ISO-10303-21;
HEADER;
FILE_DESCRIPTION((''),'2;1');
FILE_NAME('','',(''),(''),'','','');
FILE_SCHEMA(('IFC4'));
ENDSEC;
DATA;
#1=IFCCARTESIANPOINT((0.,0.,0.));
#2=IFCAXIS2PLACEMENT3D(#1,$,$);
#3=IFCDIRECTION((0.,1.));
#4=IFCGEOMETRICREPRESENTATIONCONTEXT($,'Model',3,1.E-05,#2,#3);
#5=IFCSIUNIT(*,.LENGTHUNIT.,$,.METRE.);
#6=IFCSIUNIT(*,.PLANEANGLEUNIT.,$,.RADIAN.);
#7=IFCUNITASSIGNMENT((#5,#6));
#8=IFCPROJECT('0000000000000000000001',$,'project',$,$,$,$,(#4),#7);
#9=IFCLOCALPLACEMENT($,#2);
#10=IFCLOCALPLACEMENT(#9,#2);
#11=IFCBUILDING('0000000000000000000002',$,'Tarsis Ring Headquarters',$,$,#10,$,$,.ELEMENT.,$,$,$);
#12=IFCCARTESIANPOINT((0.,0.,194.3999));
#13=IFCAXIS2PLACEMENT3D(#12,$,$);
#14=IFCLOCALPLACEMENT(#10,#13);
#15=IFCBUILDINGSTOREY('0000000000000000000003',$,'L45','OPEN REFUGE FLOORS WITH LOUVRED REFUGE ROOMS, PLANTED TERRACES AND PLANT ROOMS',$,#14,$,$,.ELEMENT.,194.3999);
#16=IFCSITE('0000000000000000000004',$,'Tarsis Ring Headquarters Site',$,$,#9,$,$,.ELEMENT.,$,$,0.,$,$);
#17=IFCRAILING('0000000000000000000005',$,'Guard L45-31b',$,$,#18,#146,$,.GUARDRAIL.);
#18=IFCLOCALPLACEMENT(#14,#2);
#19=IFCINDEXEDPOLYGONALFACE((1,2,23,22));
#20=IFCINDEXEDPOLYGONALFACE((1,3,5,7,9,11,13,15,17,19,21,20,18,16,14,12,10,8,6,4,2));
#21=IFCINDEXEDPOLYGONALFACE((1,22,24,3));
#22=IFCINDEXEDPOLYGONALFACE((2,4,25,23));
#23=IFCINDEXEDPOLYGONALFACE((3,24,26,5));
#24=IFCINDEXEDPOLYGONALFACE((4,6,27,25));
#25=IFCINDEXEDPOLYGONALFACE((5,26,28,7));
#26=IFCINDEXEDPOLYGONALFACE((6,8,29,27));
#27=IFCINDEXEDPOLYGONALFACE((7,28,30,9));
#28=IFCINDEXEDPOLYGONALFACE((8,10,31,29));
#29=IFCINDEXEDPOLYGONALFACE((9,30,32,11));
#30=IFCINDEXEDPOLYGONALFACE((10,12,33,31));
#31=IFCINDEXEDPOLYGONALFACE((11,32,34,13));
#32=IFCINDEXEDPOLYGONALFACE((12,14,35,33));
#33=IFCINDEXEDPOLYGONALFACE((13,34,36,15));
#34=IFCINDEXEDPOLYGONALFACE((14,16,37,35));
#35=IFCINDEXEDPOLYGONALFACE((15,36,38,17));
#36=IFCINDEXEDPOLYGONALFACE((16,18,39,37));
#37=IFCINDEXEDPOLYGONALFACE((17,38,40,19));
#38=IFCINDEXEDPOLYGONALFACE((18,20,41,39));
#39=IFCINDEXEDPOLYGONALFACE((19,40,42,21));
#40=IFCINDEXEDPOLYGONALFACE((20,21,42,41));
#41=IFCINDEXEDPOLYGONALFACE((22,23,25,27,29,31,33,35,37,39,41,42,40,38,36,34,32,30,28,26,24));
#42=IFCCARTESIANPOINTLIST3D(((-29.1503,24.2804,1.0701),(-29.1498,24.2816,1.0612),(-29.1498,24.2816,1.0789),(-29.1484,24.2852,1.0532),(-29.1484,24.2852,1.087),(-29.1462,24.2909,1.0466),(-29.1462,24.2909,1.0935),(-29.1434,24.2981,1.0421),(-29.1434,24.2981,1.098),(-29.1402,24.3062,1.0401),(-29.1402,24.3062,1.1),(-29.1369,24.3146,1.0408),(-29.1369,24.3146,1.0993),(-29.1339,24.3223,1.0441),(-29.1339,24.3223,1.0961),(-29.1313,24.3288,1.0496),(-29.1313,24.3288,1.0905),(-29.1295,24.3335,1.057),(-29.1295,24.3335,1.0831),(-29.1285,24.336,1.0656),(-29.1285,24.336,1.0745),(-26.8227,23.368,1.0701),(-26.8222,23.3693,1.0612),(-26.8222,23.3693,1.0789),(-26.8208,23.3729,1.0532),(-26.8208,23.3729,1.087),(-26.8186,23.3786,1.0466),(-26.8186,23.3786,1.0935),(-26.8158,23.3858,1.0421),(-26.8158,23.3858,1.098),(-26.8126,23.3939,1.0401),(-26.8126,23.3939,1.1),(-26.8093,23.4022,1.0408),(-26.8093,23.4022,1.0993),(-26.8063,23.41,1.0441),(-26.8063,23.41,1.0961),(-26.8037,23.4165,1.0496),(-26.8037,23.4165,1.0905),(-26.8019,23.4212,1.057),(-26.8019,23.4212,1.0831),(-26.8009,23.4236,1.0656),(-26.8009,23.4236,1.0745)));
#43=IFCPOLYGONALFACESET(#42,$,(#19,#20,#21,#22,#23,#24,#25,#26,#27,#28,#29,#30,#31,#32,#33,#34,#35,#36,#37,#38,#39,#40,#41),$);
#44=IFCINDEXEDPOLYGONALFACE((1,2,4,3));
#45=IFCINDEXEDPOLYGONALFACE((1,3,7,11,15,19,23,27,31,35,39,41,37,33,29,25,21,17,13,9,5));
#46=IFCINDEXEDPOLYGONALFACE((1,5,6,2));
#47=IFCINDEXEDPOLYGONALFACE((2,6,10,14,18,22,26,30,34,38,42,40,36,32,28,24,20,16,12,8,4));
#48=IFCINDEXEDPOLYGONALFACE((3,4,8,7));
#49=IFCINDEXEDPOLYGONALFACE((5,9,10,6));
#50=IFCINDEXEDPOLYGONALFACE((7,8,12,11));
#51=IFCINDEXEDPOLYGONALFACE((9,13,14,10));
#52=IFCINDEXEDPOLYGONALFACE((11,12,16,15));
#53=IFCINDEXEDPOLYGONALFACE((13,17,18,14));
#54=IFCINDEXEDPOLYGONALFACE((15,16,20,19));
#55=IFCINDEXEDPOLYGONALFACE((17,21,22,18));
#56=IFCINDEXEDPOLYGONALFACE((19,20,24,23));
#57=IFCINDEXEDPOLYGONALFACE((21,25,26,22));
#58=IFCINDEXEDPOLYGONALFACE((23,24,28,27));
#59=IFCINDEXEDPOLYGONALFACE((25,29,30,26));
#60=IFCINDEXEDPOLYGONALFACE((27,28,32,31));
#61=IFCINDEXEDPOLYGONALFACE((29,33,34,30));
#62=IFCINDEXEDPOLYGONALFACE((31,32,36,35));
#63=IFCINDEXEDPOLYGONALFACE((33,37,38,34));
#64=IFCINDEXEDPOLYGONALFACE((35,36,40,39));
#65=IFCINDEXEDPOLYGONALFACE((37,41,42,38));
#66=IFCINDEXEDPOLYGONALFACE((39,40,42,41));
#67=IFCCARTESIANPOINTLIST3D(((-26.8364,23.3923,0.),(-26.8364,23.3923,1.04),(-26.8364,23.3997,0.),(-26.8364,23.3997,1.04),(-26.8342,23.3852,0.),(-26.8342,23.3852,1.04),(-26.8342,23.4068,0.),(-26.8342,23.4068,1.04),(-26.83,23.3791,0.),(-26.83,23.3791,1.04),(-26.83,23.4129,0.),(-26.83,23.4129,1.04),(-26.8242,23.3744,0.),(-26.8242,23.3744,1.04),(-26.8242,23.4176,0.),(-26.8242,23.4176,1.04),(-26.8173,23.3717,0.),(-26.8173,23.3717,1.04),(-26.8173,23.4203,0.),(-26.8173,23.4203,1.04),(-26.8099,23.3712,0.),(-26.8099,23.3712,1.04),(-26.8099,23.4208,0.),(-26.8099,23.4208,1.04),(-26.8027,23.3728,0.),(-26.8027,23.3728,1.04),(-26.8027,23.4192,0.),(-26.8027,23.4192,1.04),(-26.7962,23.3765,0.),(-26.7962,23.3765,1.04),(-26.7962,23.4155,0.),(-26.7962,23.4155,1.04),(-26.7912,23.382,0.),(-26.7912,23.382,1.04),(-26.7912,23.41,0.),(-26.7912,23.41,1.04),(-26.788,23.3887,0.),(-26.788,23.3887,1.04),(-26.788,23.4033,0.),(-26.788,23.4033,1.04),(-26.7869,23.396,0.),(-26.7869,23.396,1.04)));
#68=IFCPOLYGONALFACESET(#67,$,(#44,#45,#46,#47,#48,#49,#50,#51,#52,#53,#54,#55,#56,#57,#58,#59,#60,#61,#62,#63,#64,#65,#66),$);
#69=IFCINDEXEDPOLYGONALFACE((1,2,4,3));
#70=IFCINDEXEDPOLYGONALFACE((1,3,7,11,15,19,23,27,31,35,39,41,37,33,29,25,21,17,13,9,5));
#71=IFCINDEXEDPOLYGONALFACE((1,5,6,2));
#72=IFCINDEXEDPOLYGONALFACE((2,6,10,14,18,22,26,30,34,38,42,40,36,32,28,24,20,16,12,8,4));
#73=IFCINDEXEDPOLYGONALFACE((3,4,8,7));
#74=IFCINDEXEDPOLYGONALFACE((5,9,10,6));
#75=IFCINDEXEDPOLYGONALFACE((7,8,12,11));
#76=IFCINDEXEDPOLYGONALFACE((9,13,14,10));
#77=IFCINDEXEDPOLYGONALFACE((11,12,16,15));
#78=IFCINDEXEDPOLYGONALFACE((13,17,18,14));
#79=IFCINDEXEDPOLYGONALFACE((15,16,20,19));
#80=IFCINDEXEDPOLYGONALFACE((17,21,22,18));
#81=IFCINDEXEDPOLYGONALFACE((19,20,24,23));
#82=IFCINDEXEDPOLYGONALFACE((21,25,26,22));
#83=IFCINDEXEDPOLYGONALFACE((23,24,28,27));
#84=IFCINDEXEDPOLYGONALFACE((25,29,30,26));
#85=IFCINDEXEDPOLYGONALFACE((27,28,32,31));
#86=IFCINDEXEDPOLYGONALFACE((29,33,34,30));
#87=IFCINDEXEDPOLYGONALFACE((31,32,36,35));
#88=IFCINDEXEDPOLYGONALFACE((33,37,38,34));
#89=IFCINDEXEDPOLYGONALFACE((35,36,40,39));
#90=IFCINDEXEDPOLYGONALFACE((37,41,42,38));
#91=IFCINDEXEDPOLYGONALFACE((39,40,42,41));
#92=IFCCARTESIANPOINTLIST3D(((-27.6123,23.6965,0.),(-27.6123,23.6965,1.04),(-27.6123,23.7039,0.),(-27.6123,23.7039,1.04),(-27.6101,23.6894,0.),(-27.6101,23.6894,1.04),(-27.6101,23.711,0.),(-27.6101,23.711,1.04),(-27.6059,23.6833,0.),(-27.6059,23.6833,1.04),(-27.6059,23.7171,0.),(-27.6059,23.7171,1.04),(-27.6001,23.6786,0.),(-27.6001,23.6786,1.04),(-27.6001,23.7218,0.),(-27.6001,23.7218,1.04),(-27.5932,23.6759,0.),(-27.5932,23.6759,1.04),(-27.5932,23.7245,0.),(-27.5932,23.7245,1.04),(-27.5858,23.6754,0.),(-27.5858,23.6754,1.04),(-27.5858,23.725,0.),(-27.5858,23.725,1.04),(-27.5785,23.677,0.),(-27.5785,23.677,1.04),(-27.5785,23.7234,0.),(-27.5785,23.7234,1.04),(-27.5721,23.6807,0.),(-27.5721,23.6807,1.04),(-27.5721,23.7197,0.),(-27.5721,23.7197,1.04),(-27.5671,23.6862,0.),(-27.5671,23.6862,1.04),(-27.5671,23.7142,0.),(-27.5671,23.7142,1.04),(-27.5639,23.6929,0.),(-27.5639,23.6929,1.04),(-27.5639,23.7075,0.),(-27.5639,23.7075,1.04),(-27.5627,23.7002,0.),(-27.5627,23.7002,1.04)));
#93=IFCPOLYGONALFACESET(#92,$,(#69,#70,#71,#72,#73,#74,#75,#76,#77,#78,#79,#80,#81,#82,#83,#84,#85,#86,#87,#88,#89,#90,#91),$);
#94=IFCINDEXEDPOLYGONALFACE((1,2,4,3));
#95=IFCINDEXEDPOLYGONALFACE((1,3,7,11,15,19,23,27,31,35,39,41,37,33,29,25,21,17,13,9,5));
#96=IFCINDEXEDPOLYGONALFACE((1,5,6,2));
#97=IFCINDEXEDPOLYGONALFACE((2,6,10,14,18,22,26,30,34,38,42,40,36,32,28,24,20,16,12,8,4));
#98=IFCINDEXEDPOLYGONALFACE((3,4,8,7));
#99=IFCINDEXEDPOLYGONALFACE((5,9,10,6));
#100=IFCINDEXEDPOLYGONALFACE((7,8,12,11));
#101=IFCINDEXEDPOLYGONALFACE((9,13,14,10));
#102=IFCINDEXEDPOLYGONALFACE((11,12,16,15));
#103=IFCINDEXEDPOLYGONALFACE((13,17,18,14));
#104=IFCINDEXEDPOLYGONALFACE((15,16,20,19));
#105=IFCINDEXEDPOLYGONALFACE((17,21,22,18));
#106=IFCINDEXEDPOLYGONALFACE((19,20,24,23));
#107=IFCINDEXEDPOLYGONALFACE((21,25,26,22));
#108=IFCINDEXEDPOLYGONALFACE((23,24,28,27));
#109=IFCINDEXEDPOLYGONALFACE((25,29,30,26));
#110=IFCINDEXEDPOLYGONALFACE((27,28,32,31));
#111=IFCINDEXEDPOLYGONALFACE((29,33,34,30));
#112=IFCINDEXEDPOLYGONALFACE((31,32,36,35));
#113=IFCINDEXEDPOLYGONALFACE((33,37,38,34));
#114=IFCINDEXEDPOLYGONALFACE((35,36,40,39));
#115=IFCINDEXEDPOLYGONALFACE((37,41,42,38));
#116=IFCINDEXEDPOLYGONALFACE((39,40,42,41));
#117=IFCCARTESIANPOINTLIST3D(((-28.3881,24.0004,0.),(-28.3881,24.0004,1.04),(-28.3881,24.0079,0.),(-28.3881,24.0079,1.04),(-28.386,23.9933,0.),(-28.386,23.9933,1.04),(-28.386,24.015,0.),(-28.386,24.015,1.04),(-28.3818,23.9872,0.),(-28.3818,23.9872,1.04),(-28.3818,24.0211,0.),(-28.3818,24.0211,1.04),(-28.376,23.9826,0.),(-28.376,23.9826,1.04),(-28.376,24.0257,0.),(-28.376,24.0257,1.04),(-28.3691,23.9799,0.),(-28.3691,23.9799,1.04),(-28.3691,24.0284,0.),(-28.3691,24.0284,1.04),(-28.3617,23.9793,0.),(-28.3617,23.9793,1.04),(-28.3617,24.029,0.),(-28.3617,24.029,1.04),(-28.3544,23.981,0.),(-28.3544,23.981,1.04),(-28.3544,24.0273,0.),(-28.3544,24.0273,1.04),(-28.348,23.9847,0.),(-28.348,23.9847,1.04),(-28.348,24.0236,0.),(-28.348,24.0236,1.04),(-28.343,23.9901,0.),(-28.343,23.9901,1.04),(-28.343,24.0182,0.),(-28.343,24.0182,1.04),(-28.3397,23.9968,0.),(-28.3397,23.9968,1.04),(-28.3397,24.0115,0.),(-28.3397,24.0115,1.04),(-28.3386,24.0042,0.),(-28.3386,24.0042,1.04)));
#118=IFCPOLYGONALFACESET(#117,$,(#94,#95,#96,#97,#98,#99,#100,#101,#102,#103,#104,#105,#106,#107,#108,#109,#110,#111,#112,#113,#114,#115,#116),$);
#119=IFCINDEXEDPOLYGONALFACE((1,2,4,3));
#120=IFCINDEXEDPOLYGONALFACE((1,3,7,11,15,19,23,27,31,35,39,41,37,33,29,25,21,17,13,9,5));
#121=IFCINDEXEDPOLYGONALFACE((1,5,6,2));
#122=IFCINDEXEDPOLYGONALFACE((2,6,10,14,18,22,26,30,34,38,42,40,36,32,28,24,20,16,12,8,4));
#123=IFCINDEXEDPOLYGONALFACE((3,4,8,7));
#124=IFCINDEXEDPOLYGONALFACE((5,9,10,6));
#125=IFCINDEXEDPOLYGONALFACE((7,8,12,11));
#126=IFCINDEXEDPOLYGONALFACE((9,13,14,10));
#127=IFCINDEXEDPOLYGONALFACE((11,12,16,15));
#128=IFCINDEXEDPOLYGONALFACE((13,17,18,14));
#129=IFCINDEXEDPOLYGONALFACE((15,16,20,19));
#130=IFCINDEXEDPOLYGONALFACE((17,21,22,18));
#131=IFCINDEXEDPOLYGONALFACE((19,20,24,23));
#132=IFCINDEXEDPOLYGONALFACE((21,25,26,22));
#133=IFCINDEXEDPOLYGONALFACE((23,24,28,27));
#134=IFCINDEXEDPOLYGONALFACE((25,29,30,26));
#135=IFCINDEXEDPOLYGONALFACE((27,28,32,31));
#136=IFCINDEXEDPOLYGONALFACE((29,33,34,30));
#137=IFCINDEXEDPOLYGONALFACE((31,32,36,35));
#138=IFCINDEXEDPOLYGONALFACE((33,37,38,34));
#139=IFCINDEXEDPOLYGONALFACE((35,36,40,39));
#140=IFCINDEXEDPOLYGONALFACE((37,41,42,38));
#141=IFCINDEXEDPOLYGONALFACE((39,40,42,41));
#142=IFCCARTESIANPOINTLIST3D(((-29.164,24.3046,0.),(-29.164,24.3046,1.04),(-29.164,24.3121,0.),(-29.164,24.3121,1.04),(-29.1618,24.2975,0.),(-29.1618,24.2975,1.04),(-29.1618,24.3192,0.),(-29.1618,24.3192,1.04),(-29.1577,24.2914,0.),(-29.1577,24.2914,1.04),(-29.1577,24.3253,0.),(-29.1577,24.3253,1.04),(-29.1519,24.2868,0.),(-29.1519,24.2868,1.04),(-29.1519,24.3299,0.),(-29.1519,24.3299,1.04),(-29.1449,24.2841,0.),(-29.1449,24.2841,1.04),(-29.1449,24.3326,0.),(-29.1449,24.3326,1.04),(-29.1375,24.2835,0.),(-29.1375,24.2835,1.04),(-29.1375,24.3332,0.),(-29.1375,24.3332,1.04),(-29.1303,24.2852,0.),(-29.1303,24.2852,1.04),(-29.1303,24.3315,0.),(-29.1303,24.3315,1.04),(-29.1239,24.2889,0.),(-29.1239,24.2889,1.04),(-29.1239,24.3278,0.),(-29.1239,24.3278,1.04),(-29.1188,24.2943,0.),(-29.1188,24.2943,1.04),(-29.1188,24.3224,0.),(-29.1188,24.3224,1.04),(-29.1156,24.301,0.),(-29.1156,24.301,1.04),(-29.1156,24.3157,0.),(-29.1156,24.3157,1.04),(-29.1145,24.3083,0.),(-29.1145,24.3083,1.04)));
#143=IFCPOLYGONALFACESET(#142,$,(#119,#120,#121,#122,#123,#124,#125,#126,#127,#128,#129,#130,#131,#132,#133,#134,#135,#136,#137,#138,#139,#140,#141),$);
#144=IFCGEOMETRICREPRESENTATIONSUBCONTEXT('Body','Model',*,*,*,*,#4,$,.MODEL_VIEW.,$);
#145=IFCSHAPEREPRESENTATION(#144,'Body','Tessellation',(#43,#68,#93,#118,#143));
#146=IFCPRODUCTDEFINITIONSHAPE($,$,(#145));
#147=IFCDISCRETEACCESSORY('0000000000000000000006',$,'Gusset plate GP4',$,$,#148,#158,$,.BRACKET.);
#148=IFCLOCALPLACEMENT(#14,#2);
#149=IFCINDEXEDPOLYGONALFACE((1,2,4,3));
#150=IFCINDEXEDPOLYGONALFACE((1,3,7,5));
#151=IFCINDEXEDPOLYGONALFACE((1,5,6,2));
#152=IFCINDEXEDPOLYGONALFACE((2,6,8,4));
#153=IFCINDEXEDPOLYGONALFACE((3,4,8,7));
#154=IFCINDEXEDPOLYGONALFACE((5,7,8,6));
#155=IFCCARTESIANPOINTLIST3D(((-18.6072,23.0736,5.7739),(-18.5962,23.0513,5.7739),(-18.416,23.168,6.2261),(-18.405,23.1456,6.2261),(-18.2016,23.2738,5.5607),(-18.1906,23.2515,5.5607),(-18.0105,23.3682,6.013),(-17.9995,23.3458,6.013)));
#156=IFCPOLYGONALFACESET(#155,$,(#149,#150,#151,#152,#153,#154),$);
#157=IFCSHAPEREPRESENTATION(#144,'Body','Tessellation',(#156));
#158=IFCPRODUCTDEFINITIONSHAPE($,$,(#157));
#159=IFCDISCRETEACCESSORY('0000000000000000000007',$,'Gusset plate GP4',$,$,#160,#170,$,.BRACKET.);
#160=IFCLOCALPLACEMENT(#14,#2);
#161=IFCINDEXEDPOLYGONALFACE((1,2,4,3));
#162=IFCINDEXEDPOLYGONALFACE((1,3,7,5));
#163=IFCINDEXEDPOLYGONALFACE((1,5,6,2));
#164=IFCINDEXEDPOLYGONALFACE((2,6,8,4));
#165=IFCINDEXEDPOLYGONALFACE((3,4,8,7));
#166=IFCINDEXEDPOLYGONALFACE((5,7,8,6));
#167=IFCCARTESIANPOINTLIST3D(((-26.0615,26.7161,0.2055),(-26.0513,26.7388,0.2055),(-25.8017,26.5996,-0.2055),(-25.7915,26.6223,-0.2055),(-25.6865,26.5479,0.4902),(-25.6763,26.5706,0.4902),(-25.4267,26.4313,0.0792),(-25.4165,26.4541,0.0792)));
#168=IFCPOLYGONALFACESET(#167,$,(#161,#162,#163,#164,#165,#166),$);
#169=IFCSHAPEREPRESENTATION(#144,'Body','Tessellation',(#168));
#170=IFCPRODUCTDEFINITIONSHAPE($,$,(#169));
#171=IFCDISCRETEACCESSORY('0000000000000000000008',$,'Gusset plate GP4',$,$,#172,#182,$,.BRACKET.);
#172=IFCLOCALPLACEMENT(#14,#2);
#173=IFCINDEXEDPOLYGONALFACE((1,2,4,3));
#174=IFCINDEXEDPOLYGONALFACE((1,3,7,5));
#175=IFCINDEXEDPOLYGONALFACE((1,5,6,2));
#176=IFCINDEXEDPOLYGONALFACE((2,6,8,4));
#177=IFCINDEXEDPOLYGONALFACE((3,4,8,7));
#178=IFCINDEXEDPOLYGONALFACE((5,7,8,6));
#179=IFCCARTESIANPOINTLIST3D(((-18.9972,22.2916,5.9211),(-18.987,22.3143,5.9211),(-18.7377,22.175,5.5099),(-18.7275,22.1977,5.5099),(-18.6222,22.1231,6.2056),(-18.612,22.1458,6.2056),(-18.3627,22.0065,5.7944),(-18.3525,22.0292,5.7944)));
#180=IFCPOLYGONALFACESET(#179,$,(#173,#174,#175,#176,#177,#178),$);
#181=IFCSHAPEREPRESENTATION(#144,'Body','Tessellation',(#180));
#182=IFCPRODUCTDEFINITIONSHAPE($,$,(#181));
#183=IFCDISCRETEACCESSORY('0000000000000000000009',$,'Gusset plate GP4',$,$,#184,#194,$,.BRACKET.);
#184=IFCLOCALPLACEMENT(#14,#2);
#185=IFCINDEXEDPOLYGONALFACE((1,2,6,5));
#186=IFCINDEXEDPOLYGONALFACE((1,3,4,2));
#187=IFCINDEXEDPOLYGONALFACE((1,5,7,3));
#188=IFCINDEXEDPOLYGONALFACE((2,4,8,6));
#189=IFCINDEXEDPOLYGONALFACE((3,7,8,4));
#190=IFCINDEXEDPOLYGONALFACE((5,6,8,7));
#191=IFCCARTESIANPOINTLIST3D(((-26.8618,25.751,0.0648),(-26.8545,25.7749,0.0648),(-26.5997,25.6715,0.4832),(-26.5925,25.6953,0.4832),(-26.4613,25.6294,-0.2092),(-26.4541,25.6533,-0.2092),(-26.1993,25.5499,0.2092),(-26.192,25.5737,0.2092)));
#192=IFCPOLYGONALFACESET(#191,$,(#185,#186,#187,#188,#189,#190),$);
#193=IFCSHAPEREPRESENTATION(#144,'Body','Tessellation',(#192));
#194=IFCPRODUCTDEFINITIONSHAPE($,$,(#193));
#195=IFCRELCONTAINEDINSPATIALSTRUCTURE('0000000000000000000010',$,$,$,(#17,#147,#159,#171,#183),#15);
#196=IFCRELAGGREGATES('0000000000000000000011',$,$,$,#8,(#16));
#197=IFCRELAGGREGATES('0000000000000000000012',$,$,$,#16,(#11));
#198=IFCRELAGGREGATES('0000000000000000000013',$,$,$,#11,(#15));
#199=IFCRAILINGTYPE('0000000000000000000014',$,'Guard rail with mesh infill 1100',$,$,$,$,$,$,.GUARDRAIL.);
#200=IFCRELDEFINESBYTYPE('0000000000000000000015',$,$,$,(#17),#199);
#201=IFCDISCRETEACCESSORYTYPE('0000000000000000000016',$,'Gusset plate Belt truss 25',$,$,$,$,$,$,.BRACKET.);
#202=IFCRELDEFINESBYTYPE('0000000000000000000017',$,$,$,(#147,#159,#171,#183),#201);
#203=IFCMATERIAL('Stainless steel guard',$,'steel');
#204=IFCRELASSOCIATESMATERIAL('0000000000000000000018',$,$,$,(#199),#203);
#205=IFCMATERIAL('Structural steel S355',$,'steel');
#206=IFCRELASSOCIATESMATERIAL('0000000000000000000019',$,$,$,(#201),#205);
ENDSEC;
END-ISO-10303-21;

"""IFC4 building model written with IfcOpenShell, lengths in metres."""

from ifc_helpers import new_model, si_unit, direction, frame, origin, origin_2d, place, context, subcontext, project, spatial, rectangle, circle, extrude, material, material_profile, profile_set, type_object, element, save


model = new_model("IFC4")

# Units and contexts
model_context = context("Model", 3, precision=1e-05, world=origin(), true_north=direction((0.0, 1.0)))
body_context = subcontext(model_context, "Body", "Model", "MODEL_VIEW")
ifc_project = project(units=[si_unit("LENGTHUNIT", "METRE"), si_unit("PLANEANGLEUNIT", "RADIAN")], contexts=[model_context])

# Site, building, storey
site_placement = place(None, origin())
site = spatial("IfcSite", under=ifc_project, at=site_placement, Name="Tarsis Ring Headquarters Site", CompositionType="ELEMENT", RefElevation=0.0)
building_placement = place(site_placement, origin())
building = spatial("IfcBuilding", under=site, at=building_placement, Name="Tarsis Ring Headquarters", CompositionType="ELEMENT")
storey_placement = place(building_placement, frame((0.0, 0.0, 194.3999)))
storey = spatial("IfcBuildingStorey", under=building, at=storey_placement, Name="L45", Description="OPEN REFUGE FLOORS WITH LOUVRED REFUGE ROOMS, PLANTED TERRACES AND PLANT ROOMS", CompositionType="ELEMENT", Elevation=194.3999)

# Shared definitions
ifc_material_1 = material(Name="Structural steel S355", Category="steel")

# Railing
ifc_material_2 = material(Name="Stainless steel guard", Category="steel")
railing_type_1 = type_object("IfcRailingType", Name="Guard rail with mesh infill 1100", PredefinedType="GUARDRAIL", material=ifc_material_2)
railing_1_placement = place(storey_placement, frame((-26.8118, 23.396, 0.0)))
element("IfcRailing", 1, at=railing_1_placement, inside=storey, type_object=railing_type_1, Name="Guard L45-31b", PredefinedType="GUARDRAIL", context=body_context, shape_type="SweptSolid", body=[
    extrude(circle(Radius=0.03, at=origin_2d()), frame((0.0, 0.0, 1.0701), z_axis=(-0.931034, 0.364933, 0.0), x_axis=(-0.364933, -0.931034, 0.0)), (0.0, 0.0, 1.0), 2.5),
    extrude(circle(Radius=0.0249, at=origin_2d()), origin(), (0.0, 0.0, 1.0), 1.04),
    extrude(circle(Radius=0.0249, at=origin_2d()), frame((-0.7759, 0.3042, 0.0)), (0.0, 0.0, 1.0), 1.04),
    extrude(circle(Radius=0.0249, at=origin_2d()), frame((-1.5518, 0.6082, 0.0)), (0.0, 0.0, 1.0), 1.04),
    extrude(circle(Radius=0.0249, at=origin_2d()), frame((-2.3276, 0.9124, 0.0)), (0.0, 0.0, 1.0), 1.04),
])

# Discrete accessories
ifc_material_profile_1 = material_profile(ifc_material_1, rectangle(XDim=0.0249, YDim=0.5, at=origin_2d()), Name="PL 25x500")
ifc_profile_set_1 = profile_set([ifc_material_profile_1], Name="Structural steel S355")
discrete_accessory_type = type_object("IfcDiscreteAccessoryType", Name="Gusset plate Belt truss 25", PredefinedType="BRACKET", material=ifc_profile_set_1)
for number, where, z_axis, x_axis, name in (
    (2, (-18.5061, 23.1096, 6.0), (0.811118, 0.400431, -0.426313), (-0.442673, 0.896683, 0.0), "Gusset plate GP4"),
    (3, (-25.9265, 26.6692, 0.0), (0.750065, -0.336455, 0.569386), (0.409278, 0.91241, 0.0), "Gusset plate GP4"),
    (4, (-18.4873, 22.0762, 6.0), (-0.750151, 0.336982, -0.568962), (-0.409772, -0.912188, 0.0), "Gusset plate GP4"),
):
    element("IfcDiscreteAccessory", number, at=place(storey_placement, frame(where, z_axis=z_axis, x_axis=x_axis)), inside=storey, type_object=discrete_accessory_type, Name=name, PredefinedType="BRACKET", context=body_context, shape_type="SweptSolid", body=[
        extrude(rectangle(XDim=0.0249, YDim=0.5, at=origin_2d()), origin(), (0.0, 0.0, 1.0), 0.5),
    ])
discrete_accessory_placement = place(storey_placement, frame((-26.3267, 25.6016, 0.0), z_axis=(-0.800573, 0.243101, 0.547709), x_axis=(-0.290558, -0.956857, 0.0)))
element("IfcDiscreteAccessory", 5, at=discrete_accessory_placement, inside=storey, type_object=discrete_accessory_type, Name="Gusset plate GP4", PredefinedType="BRACKET", context=body_context, shape_type="SweptSolid", body=[
    extrude(rectangle(XDim=0.0249, YDim=0.5, at=origin_2d()), origin(), (0.0, 0.0, 1.0), 0.5002),
])

save(model, "model.ifc")
